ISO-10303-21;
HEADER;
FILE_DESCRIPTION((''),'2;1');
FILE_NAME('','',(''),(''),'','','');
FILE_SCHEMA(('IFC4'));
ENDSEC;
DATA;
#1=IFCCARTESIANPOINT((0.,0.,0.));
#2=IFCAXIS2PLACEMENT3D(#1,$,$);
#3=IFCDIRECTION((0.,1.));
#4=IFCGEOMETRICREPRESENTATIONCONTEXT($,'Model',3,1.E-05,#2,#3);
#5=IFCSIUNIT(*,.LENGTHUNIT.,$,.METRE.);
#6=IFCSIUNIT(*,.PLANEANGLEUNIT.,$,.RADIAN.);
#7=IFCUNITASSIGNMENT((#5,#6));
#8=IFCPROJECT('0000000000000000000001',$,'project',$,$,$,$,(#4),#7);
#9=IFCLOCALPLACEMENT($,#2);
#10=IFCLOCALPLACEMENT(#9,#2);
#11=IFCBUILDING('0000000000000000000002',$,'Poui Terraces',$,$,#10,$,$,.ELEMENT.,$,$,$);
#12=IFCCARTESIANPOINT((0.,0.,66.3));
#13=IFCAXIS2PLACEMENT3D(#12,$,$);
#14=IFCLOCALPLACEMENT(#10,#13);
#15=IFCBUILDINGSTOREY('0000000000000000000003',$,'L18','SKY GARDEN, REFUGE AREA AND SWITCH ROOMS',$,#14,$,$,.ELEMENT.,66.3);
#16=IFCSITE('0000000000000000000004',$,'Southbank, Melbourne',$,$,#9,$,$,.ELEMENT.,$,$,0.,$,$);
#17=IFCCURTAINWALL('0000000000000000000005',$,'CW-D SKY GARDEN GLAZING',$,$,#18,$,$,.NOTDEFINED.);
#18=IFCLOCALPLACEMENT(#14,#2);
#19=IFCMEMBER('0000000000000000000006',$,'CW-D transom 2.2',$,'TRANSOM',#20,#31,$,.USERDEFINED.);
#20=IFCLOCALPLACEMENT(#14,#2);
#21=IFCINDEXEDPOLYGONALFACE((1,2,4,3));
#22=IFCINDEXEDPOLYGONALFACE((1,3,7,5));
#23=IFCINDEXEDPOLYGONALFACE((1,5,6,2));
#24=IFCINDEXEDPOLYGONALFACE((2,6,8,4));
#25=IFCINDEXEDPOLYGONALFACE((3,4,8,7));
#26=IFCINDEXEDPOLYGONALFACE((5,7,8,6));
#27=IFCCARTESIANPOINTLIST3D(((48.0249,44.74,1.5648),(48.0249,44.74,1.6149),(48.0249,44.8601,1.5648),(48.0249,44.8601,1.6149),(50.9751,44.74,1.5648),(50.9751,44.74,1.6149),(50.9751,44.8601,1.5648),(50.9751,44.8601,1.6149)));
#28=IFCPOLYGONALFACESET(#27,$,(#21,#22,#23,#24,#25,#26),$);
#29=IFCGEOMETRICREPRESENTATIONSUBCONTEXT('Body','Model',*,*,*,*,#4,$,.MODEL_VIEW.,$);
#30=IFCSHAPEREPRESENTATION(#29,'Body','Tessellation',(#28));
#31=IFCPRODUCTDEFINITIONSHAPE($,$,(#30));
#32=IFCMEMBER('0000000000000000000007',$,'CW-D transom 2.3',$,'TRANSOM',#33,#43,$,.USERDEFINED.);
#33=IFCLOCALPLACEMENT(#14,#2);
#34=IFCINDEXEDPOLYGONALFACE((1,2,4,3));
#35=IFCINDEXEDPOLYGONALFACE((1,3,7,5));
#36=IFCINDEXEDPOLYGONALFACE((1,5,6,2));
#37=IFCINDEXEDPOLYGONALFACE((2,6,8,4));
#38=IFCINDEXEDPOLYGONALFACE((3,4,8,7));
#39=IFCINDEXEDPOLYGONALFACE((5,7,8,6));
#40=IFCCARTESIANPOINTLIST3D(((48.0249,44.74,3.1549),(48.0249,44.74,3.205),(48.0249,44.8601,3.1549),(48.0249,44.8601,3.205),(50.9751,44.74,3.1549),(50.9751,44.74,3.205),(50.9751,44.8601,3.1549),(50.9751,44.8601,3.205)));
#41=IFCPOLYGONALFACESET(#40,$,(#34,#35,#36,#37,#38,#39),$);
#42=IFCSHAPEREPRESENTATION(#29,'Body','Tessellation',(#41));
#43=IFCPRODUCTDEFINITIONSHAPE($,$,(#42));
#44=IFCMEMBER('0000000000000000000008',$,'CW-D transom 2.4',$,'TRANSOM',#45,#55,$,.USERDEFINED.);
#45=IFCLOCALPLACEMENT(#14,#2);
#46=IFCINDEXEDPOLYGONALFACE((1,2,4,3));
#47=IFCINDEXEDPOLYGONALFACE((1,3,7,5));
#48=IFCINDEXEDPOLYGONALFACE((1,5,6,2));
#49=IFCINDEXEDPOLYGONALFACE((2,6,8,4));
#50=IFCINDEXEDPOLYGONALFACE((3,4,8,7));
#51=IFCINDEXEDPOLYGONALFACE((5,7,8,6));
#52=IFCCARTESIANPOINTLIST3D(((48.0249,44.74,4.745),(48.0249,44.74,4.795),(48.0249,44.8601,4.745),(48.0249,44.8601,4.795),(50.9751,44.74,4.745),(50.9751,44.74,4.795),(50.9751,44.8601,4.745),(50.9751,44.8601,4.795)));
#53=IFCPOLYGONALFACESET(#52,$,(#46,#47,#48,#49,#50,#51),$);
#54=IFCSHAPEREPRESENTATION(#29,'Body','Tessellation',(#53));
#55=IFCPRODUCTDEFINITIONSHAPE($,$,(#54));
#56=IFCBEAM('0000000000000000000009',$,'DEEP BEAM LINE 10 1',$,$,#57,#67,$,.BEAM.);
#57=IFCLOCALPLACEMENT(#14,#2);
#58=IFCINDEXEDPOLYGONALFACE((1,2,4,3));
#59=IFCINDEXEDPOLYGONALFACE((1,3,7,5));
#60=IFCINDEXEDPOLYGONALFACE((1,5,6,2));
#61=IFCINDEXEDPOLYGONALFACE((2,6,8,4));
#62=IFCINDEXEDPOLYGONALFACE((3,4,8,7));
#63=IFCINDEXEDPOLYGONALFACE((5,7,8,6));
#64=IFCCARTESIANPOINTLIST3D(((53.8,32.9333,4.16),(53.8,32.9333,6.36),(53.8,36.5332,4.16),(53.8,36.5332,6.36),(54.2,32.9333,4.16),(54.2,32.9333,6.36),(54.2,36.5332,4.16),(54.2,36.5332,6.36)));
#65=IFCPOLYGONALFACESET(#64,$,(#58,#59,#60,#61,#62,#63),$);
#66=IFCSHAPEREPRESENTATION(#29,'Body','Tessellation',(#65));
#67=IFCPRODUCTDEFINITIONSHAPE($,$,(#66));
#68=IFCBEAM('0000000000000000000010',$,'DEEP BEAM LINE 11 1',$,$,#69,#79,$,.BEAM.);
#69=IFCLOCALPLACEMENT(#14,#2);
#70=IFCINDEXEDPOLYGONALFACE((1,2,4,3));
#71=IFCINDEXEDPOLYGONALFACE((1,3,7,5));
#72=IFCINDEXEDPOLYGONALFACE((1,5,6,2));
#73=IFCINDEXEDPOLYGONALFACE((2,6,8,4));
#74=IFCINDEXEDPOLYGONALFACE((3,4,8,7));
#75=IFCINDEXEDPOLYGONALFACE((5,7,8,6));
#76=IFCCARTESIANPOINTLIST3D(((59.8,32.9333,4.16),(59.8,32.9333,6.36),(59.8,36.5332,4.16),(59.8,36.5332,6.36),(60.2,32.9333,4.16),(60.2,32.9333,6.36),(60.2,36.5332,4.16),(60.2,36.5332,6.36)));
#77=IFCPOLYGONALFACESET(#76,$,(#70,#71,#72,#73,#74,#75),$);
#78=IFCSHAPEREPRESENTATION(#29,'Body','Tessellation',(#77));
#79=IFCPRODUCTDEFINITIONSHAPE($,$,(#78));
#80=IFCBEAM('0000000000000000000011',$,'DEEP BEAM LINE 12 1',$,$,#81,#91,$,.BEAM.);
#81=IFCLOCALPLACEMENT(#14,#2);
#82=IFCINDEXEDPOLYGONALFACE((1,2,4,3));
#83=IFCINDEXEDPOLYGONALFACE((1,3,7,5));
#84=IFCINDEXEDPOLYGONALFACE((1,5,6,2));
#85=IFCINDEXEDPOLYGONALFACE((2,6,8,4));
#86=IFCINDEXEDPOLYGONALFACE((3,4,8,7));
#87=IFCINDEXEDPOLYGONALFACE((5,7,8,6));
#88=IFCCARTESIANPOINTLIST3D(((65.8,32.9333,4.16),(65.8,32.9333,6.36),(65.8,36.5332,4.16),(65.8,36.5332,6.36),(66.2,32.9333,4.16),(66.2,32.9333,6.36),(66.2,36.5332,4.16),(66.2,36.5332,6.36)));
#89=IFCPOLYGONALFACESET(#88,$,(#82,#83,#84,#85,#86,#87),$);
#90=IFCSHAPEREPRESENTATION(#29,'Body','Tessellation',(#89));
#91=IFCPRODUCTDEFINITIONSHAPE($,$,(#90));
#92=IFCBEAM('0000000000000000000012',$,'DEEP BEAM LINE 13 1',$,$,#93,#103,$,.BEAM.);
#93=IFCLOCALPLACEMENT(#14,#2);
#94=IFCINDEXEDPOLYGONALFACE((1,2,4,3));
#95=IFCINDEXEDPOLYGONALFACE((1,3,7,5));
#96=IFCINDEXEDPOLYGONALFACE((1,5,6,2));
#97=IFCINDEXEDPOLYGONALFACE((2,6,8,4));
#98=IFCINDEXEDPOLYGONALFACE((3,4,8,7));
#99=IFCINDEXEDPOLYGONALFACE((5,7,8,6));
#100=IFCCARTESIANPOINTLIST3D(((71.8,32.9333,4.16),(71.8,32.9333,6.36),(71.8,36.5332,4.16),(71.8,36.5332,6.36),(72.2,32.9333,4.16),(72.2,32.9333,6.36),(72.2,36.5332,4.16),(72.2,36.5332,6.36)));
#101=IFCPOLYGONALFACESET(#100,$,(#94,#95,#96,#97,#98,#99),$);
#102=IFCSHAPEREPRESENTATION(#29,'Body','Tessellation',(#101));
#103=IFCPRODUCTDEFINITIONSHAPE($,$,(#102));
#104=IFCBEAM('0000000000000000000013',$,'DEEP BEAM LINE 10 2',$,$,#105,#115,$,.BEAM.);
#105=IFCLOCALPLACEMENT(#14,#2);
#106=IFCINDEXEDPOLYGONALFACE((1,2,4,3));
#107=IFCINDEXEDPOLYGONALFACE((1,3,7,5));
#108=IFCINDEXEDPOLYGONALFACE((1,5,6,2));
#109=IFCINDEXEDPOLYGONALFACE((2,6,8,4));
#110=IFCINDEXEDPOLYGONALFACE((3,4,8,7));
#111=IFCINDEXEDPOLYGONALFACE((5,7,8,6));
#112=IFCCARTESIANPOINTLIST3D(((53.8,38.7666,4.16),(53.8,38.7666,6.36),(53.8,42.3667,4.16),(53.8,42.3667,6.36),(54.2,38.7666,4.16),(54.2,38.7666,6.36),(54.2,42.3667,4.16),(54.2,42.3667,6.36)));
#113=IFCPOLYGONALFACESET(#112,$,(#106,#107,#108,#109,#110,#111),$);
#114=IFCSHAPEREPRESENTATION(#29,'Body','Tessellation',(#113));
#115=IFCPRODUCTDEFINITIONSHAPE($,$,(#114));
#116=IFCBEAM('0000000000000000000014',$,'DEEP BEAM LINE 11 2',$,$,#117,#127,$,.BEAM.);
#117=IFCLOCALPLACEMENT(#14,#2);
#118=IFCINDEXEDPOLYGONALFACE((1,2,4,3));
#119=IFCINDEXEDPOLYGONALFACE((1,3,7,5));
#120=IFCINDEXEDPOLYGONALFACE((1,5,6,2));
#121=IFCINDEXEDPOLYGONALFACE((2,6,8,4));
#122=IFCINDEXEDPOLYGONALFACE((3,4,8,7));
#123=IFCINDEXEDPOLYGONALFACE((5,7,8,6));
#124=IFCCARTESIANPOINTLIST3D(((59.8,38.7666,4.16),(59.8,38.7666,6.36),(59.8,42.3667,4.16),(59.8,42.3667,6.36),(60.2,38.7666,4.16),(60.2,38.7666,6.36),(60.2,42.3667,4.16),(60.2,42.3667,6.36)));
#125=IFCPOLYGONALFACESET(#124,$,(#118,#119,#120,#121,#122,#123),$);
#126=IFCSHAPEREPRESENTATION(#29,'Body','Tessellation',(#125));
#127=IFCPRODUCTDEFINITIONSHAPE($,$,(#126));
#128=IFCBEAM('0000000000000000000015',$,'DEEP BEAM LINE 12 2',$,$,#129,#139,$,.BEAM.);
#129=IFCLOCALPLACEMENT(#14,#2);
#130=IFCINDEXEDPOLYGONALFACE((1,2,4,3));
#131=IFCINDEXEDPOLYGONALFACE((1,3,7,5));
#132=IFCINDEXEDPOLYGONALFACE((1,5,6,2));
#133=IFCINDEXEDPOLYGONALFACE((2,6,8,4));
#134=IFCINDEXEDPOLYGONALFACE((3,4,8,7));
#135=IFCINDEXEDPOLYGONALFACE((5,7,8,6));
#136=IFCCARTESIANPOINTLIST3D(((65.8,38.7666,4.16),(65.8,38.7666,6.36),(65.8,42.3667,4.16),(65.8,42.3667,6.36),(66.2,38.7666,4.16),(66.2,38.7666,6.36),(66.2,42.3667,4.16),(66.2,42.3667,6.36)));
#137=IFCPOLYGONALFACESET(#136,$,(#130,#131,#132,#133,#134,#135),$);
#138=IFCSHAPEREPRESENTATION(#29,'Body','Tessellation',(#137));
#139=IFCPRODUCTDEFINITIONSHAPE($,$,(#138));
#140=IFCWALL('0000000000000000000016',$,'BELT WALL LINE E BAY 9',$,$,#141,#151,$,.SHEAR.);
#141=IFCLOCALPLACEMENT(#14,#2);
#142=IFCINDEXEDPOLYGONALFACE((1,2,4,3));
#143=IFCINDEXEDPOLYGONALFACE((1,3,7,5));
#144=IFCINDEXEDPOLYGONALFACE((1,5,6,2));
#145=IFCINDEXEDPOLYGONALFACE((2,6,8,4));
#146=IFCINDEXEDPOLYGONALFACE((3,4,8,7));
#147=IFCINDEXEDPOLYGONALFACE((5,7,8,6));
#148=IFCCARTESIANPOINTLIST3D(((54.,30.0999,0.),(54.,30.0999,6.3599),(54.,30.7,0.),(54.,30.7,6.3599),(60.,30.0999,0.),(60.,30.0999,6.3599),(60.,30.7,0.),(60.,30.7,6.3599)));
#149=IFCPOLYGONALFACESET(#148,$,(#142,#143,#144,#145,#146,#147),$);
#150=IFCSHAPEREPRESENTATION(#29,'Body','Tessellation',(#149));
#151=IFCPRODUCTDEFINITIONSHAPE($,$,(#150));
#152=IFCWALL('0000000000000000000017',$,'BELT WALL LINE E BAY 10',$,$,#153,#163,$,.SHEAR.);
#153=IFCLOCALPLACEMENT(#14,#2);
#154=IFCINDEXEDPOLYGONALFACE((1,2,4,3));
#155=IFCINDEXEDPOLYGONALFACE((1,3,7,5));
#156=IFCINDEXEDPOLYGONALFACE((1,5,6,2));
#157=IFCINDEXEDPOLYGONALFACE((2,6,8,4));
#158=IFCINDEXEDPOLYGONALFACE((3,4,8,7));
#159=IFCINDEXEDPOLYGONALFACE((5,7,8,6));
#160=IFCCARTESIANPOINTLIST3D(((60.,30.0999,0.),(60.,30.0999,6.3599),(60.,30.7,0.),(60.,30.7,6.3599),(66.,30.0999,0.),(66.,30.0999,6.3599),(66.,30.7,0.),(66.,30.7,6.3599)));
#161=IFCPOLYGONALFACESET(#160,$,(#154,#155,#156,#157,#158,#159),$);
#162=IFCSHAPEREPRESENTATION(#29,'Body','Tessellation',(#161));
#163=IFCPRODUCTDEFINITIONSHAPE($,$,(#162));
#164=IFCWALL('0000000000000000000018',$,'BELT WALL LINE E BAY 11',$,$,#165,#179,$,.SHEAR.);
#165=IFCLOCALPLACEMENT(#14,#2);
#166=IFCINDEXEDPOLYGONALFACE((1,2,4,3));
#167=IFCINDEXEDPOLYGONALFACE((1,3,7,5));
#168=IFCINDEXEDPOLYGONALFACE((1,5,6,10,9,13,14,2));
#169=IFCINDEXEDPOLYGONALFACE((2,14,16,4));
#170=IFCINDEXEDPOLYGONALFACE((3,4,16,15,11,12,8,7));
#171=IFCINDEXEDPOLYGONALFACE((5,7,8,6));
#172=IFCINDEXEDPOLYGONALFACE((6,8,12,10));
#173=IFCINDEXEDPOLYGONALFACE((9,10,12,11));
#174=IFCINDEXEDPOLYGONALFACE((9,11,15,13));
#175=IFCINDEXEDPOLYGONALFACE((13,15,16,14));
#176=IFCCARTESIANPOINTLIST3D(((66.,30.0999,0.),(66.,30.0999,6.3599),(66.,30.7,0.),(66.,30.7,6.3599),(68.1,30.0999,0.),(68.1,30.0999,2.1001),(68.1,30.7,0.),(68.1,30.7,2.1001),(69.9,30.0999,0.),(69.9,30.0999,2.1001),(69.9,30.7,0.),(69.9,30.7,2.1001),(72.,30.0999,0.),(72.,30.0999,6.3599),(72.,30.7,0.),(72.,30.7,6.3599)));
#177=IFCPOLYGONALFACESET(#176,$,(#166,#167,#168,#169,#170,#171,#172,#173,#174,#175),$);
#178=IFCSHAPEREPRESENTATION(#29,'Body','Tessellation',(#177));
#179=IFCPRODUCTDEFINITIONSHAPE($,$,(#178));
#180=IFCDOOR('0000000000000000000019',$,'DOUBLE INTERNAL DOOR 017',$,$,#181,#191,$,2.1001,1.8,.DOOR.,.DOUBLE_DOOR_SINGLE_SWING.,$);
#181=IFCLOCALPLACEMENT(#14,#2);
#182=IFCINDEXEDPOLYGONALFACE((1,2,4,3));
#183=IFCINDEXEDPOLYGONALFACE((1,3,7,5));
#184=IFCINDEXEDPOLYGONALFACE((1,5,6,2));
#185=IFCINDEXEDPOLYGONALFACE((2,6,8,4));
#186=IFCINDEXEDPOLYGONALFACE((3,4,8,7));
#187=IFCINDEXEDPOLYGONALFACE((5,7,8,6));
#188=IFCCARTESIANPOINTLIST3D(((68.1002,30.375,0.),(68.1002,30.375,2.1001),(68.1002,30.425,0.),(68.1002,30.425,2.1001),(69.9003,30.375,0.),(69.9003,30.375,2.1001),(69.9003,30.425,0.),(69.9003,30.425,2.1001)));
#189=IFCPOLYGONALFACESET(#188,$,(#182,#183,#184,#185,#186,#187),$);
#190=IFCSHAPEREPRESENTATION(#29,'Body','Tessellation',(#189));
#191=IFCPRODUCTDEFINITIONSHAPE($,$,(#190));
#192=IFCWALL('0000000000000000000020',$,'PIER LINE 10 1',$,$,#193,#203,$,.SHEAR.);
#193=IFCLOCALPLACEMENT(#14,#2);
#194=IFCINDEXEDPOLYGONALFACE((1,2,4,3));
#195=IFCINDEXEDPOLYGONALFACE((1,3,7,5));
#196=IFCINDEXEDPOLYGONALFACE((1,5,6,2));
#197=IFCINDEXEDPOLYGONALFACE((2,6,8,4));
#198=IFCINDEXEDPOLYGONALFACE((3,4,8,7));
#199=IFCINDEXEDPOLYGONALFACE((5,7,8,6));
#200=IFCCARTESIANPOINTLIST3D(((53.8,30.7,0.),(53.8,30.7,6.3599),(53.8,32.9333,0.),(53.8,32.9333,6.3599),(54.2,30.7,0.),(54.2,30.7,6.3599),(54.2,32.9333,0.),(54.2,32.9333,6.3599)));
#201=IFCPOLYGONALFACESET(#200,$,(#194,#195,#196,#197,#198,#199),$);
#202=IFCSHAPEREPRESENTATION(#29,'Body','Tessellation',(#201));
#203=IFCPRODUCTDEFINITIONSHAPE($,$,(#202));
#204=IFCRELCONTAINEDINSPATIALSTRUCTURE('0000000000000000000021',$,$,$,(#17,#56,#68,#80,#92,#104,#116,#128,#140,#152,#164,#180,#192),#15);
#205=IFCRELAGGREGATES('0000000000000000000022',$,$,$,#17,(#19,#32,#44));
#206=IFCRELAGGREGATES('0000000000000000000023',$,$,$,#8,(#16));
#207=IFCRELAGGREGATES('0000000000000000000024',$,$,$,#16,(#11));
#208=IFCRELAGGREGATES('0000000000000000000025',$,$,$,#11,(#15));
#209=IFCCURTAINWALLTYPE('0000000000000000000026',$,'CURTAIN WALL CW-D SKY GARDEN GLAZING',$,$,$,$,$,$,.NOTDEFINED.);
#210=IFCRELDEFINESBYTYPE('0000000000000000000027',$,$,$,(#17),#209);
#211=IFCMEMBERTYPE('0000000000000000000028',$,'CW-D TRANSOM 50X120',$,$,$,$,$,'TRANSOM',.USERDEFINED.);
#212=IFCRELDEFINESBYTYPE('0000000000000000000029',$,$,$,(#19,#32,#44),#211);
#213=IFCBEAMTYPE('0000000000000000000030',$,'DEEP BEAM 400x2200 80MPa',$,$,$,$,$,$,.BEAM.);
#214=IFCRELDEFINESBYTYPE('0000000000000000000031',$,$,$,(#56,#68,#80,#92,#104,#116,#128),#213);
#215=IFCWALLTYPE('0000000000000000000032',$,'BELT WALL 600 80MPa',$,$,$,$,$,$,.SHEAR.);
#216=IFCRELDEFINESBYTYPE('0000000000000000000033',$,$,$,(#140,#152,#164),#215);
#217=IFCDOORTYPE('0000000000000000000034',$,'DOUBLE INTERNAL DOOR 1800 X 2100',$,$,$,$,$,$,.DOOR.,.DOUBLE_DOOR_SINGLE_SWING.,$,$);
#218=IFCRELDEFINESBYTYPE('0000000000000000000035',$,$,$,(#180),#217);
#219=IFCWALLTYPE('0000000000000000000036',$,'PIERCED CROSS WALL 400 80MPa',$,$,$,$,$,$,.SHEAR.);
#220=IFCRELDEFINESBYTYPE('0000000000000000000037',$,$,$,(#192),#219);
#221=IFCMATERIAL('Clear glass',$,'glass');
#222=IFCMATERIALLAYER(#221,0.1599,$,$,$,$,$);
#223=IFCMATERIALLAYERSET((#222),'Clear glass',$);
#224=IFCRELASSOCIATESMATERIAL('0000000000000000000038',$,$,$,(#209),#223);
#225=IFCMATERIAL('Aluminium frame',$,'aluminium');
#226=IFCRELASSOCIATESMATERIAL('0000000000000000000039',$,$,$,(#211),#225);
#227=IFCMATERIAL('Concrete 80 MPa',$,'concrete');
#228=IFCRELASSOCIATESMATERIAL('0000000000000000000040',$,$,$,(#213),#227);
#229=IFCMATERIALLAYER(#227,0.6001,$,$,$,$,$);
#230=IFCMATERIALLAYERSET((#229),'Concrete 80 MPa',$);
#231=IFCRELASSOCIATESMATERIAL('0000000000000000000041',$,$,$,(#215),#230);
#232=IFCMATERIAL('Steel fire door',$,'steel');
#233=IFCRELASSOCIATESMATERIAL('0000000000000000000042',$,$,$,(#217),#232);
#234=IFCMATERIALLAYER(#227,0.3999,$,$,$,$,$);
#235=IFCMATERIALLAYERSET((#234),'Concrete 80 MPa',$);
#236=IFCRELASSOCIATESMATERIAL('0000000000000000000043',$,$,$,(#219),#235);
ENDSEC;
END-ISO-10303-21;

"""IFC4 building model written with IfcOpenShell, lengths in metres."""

from ifc_helpers import new_model, si_unit, direction, frame, frame_2d, origin, origin_2d, place, context, subcontext, project, spatial, rectangle, extrude, source, transform, mapped, material, layer, layer_set, material_profile, profile_set, type_object, element, fill, aggregate, save


model = new_model("IFC4")

# Units and contexts
model_context = context("Model", 3, precision=1e-05, world=origin(), true_north=direction((0.0, 1.0)))
body_context = subcontext(model_context, "Body", "Model", "MODEL_VIEW")
ifc_project = project(units=[si_unit("LENGTHUNIT", "METRE"), si_unit("PLANEANGLEUNIT", "RADIAN")], contexts=[model_context])

# Site, building, storey
site_placement = place(None, origin())
site = spatial("IfcSite", under=ifc_project, at=site_placement, Name="Southbank, Melbourne", CompositionType="ELEMENT", RefElevation=0.0)
building_placement = place(site_placement, origin())
building = spatial("IfcBuilding", under=site, at=building_placement, Name="Poui Terraces", CompositionType="ELEMENT")
storey_placement = place(building_placement, frame((0.0, 0.0, 66.3)))
storey = spatial("IfcBuildingStorey", under=building, at=storey_placement, Name="L18", Description="SKY GARDEN, REFUGE AREA AND SWITCH ROOMS", CompositionType="ELEMENT", Elevation=66.3)

# Curtain wall, members
ifc_material_1 = material(Name="Clear glass", Category="glass")
ifc_layer_1 = layer(ifc_material_1, 0.1599)
ifc_layer_set_1 = layer_set([ifc_layer_1], Name="Clear glass")
curtain_wall_type = type_object("IfcCurtainWallType", Name="CURTAIN WALL CW-D SKY GARDEN GLAZING", PredefinedType="NOTDEFINED", material=ifc_layer_set_1)
curtain_wall_placement = place(storey_placement, origin())
curtain_wall = element("IfcCurtainWall", 1, at=curtain_wall_placement, inside=storey, type_object=curtain_wall_type, Name="CW-D SKY GARDEN GLAZING", PredefinedType="NOTDEFINED")
ifc_material_2 = material(Name="Aluminium frame", Category="aluminium")
ifc_material_profile_1 = material_profile(ifc_material_2, rectangle(XDim=0.1201, YDim=0.05, at=origin_2d()), Name="CW-D TRANSOM 50X120")
ifc_profile_set_1 = profile_set([ifc_material_profile_1], Name="Aluminium frame")
member_type = type_object("IfcMemberType", Name="CW-D TRANSOM 50X120", ElementType="TRANSOM", PredefinedType="USERDEFINED", material=ifc_profile_set_1)
member_1_placement = place(storey_placement, frame((50.9751, 44.8, 1.5898), z_axis=(-1.0, 0.0, 0.0), x_axis=(0.0, -1.0, 0.0)))
member_1 = element("IfcMember", 2, at=member_1_placement, type_object=member_type, Name="CW-D transom 2.2", ObjectType="TRANSOM", PredefinedType="USERDEFINED", context=body_context, shape_type="SweptSolid", body=[
    extrude(rectangle(XDim=0.1201, YDim=0.05, at=origin_2d()), origin(), (0.0, 0.0, 1.0), 2.9502),
])
member_2_placement = place(storey_placement, frame((50.9751, 44.8, 3.1799), z_axis=(-1.0, 0.0, 0.0), x_axis=(0.0, -1.0, 0.0)))
member_2 = element("IfcMember", 3, at=member_2_placement, type_object=member_type, Name="CW-D transom 2.3", ObjectType="TRANSOM", PredefinedType="USERDEFINED", context=body_context, shape_type="SweptSolid", body=[
    extrude(rectangle(XDim=0.1201, YDim=0.05, at=origin_2d()), origin(), (0.0, 0.0, 1.0), 2.9502),
])
member_3_placement = place(storey_placement, frame((50.9751, 44.8, 4.77), z_axis=(-1.0, 0.0, 0.0), x_axis=(0.0, -1.0, 0.0)))
member_3 = element("IfcMember", 4, at=member_3_placement, type_object=member_type, Name="CW-D transom 2.4", ObjectType="TRANSOM", PredefinedType="USERDEFINED", context=body_context, shape_type="SweptSolid", body=[
    extrude(rectangle(XDim=0.1201, YDim=0.05, at=origin_2d()), origin(), (0.0, 0.0, 1.0), 2.9502),
])
aggregate(curtain_wall, [member_1, member_2, member_3])

# Beams
ifc_material_3 = material(Name="Concrete 80 MPa", Category="concrete")
ifc_material_profile_2 = material_profile(ifc_material_3, rectangle(XDim=0.3999, YDim=2.2, at=origin_2d()), Name="RC 400x2200")
ifc_profile_set_2 = profile_set([ifc_material_profile_2], Name="Concrete 80 MPa")
beam_type = type_object("IfcBeamType", Name="DEEP BEAM 400x2200 80MPa", PredefinedType="BEAM", material=ifc_profile_set_2)
shared_shape_1 = source(origin(), body_context, "Body", "SweptSolid", [
    extrude(rectangle(XDim=0.3999, YDim=2.2, at=origin_2d()), origin(), (0.0, 0.0, 1.0), 3.5999),
])
for number, where, z_axis, x_axis, name in (
    (5, (54.0, 32.9333, 5.26), (0.0, 1.0, 0.0), (-1.0, 0.0, 0.0), "DEEP BEAM LINE 10 1"),
    (6, (60.0, 32.9333, 5.26), (0.0, 1.0, 0.0), (-1.0, 0.0, 0.0), "DEEP BEAM LINE 11 1"),
    (7, (66.0, 32.9333, 5.26), (0.0, 1.0, 0.0), (-1.0, 0.0, 0.0), "DEEP BEAM LINE 12 1"),
    (8, (72.0, 32.9333, 5.26), (0.0, 1.0, 0.0), (-1.0, 0.0, 0.0), "DEEP BEAM LINE 13 1"),
):
    element("IfcBeam", number, at=place(storey_placement, frame(where, z_axis=z_axis, x_axis=x_axis)), inside=storey, type_object=beam_type, Name=name, PredefinedType="BEAM", context=body_context, shape_type="MappedRepresentation", body=[
        mapped(shared_shape_1, transform((0.0, 0.0, 0.0))),
    ])
shared_shape_2 = source(origin(), body_context, "Body", "SweptSolid", [
    extrude(rectangle(XDim=0.3999, YDim=2.2, at=origin_2d()), origin(), (0.0, 0.0, 1.0), 3.6001),
])
for number, where, z_axis, x_axis, name in (
    (9, (54.0, 38.7666, 5.26), (0.0, 1.0, 0.0), (-1.0, 0.0, 0.0), "DEEP BEAM LINE 10 2"),
    (10, (60.0, 38.7666, 5.26), (0.0, 1.0, 0.0), (-1.0, 0.0, 0.0), "DEEP BEAM LINE 11 2"),
    (11, (66.0, 38.7666, 5.26), (0.0, 1.0, 0.0), (-1.0, 0.0, 0.0), "DEEP BEAM LINE 12 2"),
):
    element("IfcBeam", number, at=place(storey_placement, frame(where, z_axis=z_axis, x_axis=x_axis)), inside=storey, type_object=beam_type, Name=name, PredefinedType="BEAM", context=body_context, shape_type="MappedRepresentation", body=[
        mapped(shared_shape_2, transform((0.0, 0.0, 0.0))),
    ])

# Walls
ifc_layer_2 = layer(ifc_material_3, 0.6001)
ifc_layer_set_2 = layer_set([ifc_layer_2], Name="Concrete 80 MPa")
wall_type_1 = type_object("IfcWallType", Name="BELT WALL 600 80MPa", PredefinedType="SHEAR", material=ifc_layer_set_2)
for number, where, z_axis, x_axis, name in (
    (12, (54.0, 30.3999, 0.0), (0.0, 0.0, 1.0), (1.0, 0.0, 0.0), "BELT WALL LINE E BAY 9"),
    (13, (60.0, 30.3999, 0.0), (0.0, 0.0, 1.0), (1.0, 0.0, 0.0), "BELT WALL LINE E BAY 10"),
):
    element("IfcWall", number, at=place(storey_placement, frame(where, z_axis=z_axis, x_axis=x_axis)), inside=storey, type_object=wall_type_1, Name=name, PredefinedType="SHEAR", context=body_context, shape_type="SweptSolid", body=[
        extrude(rectangle(XDim=6.0, YDim=0.6001, at=frame_2d((3.0, 0.0))), origin(), (0.0, 0.0, 1.0), 6.3599),
    ])

# Wall, opening, door
wall_1_placement = place(storey_placement, frame((66.0, 30.3999, 0.0), z_axis=(0.0, 0.0, 1.0), x_axis=(1.0, 0.0, 0.0)))
wall_1 = element("IfcWall", 14, at=wall_1_placement, inside=storey, type_object=wall_type_1, Name="BELT WALL LINE E BAY 11", PredefinedType="SHEAR", context=body_context, shape_type="SweptSolid", body=[
    extrude(rectangle(XDim=6.0, YDim=0.6001, at=frame_2d((3.0, 0.0))), origin(), (0.0, 0.0, 1.0), 6.3599),
])
opening_placement = place(wall_1_placement, frame((2.1001, 0.0, 0.0)))
opening = element("IfcOpeningElement", 15, at=opening_placement, cuts=wall_1, PredefinedType="OPENING", context=body_context, shape_type="SweptSolid", body=[
    extrude(rectangle(XDim=1.8, YDim=2.1001, at=frame_2d((0.8999, 1.05))), frame((0.0, 0.3101, 0.0), z_axis=(0.0, -1.0, 0.0), x_axis=(1.0, 0.0, 0.0)), (0.0, 0.0, 1.0), 0.6201),
])
ifc_material_4 = material(Name="Steel fire door", Category="steel")
door_type = type_object("IfcDoorType", Name="DOUBLE INTERNAL DOOR 1800 X 2100", OperationType="DOUBLE_DOOR_SINGLE_SWING", PredefinedType="DOOR", material=ifc_material_4)
door_placement = place(opening_placement, frame((1.8, 0.0, 0.0), z_axis=(0.0, 0.0, 1.0), x_axis=(-1.0, 0.0, 0.0)))
door = element("IfcDoor", 16, at=door_placement, inside=storey, type_object=door_type, Name="DOUBLE INTERNAL DOOR 017", OperationType="DOUBLE_DOOR_SINGLE_SWING", OverallHeight=2.1001, OverallWidth=1.8, PredefinedType="DOOR", context=body_context, shape_type="SweptSolid", body=[
    extrude(rectangle(XDim=1.8, YDim=2.1001, at=frame_2d((0.8999, 1.05))), frame((0.0, 0.0249, 0.0), z_axis=(0.0, -1.0, 0.0), x_axis=(1.0, 0.0, 0.0)), (0.0, 0.0, 1.0), 0.05),
])
fill(opening, door)

# Wall
ifc_layer_3 = layer(ifc_material_3, 0.3999)
ifc_layer_set_3 = layer_set([ifc_layer_3], Name="Concrete 80 MPa")
wall_type_2 = type_object("IfcWallType", Name="PIERCED CROSS WALL 400 80MPa", PredefinedType="SHEAR", material=ifc_layer_set_3)
for number, where, z_axis, x_axis, name in (
    (17, (54.0, 30.7, 0.0), (0.0, 0.0, 1.0), (0.0, 1.0, 0.0), "PIER LINE 10 1"),
):
    element("IfcWall", number, at=place(storey_placement, frame(where, z_axis=z_axis, x_axis=x_axis)), inside=storey, type_object=wall_type_2, Name=name, PredefinedType="SHEAR", context=body_context, shape_type="SweptSolid", body=[
        extrude(rectangle(XDim=2.2334, YDim=0.3999, at=frame_2d((1.1167, 0.0))), origin(), (0.0, 0.0, 1.0), 6.3599),
    ])

save(model, "model.ifc")
